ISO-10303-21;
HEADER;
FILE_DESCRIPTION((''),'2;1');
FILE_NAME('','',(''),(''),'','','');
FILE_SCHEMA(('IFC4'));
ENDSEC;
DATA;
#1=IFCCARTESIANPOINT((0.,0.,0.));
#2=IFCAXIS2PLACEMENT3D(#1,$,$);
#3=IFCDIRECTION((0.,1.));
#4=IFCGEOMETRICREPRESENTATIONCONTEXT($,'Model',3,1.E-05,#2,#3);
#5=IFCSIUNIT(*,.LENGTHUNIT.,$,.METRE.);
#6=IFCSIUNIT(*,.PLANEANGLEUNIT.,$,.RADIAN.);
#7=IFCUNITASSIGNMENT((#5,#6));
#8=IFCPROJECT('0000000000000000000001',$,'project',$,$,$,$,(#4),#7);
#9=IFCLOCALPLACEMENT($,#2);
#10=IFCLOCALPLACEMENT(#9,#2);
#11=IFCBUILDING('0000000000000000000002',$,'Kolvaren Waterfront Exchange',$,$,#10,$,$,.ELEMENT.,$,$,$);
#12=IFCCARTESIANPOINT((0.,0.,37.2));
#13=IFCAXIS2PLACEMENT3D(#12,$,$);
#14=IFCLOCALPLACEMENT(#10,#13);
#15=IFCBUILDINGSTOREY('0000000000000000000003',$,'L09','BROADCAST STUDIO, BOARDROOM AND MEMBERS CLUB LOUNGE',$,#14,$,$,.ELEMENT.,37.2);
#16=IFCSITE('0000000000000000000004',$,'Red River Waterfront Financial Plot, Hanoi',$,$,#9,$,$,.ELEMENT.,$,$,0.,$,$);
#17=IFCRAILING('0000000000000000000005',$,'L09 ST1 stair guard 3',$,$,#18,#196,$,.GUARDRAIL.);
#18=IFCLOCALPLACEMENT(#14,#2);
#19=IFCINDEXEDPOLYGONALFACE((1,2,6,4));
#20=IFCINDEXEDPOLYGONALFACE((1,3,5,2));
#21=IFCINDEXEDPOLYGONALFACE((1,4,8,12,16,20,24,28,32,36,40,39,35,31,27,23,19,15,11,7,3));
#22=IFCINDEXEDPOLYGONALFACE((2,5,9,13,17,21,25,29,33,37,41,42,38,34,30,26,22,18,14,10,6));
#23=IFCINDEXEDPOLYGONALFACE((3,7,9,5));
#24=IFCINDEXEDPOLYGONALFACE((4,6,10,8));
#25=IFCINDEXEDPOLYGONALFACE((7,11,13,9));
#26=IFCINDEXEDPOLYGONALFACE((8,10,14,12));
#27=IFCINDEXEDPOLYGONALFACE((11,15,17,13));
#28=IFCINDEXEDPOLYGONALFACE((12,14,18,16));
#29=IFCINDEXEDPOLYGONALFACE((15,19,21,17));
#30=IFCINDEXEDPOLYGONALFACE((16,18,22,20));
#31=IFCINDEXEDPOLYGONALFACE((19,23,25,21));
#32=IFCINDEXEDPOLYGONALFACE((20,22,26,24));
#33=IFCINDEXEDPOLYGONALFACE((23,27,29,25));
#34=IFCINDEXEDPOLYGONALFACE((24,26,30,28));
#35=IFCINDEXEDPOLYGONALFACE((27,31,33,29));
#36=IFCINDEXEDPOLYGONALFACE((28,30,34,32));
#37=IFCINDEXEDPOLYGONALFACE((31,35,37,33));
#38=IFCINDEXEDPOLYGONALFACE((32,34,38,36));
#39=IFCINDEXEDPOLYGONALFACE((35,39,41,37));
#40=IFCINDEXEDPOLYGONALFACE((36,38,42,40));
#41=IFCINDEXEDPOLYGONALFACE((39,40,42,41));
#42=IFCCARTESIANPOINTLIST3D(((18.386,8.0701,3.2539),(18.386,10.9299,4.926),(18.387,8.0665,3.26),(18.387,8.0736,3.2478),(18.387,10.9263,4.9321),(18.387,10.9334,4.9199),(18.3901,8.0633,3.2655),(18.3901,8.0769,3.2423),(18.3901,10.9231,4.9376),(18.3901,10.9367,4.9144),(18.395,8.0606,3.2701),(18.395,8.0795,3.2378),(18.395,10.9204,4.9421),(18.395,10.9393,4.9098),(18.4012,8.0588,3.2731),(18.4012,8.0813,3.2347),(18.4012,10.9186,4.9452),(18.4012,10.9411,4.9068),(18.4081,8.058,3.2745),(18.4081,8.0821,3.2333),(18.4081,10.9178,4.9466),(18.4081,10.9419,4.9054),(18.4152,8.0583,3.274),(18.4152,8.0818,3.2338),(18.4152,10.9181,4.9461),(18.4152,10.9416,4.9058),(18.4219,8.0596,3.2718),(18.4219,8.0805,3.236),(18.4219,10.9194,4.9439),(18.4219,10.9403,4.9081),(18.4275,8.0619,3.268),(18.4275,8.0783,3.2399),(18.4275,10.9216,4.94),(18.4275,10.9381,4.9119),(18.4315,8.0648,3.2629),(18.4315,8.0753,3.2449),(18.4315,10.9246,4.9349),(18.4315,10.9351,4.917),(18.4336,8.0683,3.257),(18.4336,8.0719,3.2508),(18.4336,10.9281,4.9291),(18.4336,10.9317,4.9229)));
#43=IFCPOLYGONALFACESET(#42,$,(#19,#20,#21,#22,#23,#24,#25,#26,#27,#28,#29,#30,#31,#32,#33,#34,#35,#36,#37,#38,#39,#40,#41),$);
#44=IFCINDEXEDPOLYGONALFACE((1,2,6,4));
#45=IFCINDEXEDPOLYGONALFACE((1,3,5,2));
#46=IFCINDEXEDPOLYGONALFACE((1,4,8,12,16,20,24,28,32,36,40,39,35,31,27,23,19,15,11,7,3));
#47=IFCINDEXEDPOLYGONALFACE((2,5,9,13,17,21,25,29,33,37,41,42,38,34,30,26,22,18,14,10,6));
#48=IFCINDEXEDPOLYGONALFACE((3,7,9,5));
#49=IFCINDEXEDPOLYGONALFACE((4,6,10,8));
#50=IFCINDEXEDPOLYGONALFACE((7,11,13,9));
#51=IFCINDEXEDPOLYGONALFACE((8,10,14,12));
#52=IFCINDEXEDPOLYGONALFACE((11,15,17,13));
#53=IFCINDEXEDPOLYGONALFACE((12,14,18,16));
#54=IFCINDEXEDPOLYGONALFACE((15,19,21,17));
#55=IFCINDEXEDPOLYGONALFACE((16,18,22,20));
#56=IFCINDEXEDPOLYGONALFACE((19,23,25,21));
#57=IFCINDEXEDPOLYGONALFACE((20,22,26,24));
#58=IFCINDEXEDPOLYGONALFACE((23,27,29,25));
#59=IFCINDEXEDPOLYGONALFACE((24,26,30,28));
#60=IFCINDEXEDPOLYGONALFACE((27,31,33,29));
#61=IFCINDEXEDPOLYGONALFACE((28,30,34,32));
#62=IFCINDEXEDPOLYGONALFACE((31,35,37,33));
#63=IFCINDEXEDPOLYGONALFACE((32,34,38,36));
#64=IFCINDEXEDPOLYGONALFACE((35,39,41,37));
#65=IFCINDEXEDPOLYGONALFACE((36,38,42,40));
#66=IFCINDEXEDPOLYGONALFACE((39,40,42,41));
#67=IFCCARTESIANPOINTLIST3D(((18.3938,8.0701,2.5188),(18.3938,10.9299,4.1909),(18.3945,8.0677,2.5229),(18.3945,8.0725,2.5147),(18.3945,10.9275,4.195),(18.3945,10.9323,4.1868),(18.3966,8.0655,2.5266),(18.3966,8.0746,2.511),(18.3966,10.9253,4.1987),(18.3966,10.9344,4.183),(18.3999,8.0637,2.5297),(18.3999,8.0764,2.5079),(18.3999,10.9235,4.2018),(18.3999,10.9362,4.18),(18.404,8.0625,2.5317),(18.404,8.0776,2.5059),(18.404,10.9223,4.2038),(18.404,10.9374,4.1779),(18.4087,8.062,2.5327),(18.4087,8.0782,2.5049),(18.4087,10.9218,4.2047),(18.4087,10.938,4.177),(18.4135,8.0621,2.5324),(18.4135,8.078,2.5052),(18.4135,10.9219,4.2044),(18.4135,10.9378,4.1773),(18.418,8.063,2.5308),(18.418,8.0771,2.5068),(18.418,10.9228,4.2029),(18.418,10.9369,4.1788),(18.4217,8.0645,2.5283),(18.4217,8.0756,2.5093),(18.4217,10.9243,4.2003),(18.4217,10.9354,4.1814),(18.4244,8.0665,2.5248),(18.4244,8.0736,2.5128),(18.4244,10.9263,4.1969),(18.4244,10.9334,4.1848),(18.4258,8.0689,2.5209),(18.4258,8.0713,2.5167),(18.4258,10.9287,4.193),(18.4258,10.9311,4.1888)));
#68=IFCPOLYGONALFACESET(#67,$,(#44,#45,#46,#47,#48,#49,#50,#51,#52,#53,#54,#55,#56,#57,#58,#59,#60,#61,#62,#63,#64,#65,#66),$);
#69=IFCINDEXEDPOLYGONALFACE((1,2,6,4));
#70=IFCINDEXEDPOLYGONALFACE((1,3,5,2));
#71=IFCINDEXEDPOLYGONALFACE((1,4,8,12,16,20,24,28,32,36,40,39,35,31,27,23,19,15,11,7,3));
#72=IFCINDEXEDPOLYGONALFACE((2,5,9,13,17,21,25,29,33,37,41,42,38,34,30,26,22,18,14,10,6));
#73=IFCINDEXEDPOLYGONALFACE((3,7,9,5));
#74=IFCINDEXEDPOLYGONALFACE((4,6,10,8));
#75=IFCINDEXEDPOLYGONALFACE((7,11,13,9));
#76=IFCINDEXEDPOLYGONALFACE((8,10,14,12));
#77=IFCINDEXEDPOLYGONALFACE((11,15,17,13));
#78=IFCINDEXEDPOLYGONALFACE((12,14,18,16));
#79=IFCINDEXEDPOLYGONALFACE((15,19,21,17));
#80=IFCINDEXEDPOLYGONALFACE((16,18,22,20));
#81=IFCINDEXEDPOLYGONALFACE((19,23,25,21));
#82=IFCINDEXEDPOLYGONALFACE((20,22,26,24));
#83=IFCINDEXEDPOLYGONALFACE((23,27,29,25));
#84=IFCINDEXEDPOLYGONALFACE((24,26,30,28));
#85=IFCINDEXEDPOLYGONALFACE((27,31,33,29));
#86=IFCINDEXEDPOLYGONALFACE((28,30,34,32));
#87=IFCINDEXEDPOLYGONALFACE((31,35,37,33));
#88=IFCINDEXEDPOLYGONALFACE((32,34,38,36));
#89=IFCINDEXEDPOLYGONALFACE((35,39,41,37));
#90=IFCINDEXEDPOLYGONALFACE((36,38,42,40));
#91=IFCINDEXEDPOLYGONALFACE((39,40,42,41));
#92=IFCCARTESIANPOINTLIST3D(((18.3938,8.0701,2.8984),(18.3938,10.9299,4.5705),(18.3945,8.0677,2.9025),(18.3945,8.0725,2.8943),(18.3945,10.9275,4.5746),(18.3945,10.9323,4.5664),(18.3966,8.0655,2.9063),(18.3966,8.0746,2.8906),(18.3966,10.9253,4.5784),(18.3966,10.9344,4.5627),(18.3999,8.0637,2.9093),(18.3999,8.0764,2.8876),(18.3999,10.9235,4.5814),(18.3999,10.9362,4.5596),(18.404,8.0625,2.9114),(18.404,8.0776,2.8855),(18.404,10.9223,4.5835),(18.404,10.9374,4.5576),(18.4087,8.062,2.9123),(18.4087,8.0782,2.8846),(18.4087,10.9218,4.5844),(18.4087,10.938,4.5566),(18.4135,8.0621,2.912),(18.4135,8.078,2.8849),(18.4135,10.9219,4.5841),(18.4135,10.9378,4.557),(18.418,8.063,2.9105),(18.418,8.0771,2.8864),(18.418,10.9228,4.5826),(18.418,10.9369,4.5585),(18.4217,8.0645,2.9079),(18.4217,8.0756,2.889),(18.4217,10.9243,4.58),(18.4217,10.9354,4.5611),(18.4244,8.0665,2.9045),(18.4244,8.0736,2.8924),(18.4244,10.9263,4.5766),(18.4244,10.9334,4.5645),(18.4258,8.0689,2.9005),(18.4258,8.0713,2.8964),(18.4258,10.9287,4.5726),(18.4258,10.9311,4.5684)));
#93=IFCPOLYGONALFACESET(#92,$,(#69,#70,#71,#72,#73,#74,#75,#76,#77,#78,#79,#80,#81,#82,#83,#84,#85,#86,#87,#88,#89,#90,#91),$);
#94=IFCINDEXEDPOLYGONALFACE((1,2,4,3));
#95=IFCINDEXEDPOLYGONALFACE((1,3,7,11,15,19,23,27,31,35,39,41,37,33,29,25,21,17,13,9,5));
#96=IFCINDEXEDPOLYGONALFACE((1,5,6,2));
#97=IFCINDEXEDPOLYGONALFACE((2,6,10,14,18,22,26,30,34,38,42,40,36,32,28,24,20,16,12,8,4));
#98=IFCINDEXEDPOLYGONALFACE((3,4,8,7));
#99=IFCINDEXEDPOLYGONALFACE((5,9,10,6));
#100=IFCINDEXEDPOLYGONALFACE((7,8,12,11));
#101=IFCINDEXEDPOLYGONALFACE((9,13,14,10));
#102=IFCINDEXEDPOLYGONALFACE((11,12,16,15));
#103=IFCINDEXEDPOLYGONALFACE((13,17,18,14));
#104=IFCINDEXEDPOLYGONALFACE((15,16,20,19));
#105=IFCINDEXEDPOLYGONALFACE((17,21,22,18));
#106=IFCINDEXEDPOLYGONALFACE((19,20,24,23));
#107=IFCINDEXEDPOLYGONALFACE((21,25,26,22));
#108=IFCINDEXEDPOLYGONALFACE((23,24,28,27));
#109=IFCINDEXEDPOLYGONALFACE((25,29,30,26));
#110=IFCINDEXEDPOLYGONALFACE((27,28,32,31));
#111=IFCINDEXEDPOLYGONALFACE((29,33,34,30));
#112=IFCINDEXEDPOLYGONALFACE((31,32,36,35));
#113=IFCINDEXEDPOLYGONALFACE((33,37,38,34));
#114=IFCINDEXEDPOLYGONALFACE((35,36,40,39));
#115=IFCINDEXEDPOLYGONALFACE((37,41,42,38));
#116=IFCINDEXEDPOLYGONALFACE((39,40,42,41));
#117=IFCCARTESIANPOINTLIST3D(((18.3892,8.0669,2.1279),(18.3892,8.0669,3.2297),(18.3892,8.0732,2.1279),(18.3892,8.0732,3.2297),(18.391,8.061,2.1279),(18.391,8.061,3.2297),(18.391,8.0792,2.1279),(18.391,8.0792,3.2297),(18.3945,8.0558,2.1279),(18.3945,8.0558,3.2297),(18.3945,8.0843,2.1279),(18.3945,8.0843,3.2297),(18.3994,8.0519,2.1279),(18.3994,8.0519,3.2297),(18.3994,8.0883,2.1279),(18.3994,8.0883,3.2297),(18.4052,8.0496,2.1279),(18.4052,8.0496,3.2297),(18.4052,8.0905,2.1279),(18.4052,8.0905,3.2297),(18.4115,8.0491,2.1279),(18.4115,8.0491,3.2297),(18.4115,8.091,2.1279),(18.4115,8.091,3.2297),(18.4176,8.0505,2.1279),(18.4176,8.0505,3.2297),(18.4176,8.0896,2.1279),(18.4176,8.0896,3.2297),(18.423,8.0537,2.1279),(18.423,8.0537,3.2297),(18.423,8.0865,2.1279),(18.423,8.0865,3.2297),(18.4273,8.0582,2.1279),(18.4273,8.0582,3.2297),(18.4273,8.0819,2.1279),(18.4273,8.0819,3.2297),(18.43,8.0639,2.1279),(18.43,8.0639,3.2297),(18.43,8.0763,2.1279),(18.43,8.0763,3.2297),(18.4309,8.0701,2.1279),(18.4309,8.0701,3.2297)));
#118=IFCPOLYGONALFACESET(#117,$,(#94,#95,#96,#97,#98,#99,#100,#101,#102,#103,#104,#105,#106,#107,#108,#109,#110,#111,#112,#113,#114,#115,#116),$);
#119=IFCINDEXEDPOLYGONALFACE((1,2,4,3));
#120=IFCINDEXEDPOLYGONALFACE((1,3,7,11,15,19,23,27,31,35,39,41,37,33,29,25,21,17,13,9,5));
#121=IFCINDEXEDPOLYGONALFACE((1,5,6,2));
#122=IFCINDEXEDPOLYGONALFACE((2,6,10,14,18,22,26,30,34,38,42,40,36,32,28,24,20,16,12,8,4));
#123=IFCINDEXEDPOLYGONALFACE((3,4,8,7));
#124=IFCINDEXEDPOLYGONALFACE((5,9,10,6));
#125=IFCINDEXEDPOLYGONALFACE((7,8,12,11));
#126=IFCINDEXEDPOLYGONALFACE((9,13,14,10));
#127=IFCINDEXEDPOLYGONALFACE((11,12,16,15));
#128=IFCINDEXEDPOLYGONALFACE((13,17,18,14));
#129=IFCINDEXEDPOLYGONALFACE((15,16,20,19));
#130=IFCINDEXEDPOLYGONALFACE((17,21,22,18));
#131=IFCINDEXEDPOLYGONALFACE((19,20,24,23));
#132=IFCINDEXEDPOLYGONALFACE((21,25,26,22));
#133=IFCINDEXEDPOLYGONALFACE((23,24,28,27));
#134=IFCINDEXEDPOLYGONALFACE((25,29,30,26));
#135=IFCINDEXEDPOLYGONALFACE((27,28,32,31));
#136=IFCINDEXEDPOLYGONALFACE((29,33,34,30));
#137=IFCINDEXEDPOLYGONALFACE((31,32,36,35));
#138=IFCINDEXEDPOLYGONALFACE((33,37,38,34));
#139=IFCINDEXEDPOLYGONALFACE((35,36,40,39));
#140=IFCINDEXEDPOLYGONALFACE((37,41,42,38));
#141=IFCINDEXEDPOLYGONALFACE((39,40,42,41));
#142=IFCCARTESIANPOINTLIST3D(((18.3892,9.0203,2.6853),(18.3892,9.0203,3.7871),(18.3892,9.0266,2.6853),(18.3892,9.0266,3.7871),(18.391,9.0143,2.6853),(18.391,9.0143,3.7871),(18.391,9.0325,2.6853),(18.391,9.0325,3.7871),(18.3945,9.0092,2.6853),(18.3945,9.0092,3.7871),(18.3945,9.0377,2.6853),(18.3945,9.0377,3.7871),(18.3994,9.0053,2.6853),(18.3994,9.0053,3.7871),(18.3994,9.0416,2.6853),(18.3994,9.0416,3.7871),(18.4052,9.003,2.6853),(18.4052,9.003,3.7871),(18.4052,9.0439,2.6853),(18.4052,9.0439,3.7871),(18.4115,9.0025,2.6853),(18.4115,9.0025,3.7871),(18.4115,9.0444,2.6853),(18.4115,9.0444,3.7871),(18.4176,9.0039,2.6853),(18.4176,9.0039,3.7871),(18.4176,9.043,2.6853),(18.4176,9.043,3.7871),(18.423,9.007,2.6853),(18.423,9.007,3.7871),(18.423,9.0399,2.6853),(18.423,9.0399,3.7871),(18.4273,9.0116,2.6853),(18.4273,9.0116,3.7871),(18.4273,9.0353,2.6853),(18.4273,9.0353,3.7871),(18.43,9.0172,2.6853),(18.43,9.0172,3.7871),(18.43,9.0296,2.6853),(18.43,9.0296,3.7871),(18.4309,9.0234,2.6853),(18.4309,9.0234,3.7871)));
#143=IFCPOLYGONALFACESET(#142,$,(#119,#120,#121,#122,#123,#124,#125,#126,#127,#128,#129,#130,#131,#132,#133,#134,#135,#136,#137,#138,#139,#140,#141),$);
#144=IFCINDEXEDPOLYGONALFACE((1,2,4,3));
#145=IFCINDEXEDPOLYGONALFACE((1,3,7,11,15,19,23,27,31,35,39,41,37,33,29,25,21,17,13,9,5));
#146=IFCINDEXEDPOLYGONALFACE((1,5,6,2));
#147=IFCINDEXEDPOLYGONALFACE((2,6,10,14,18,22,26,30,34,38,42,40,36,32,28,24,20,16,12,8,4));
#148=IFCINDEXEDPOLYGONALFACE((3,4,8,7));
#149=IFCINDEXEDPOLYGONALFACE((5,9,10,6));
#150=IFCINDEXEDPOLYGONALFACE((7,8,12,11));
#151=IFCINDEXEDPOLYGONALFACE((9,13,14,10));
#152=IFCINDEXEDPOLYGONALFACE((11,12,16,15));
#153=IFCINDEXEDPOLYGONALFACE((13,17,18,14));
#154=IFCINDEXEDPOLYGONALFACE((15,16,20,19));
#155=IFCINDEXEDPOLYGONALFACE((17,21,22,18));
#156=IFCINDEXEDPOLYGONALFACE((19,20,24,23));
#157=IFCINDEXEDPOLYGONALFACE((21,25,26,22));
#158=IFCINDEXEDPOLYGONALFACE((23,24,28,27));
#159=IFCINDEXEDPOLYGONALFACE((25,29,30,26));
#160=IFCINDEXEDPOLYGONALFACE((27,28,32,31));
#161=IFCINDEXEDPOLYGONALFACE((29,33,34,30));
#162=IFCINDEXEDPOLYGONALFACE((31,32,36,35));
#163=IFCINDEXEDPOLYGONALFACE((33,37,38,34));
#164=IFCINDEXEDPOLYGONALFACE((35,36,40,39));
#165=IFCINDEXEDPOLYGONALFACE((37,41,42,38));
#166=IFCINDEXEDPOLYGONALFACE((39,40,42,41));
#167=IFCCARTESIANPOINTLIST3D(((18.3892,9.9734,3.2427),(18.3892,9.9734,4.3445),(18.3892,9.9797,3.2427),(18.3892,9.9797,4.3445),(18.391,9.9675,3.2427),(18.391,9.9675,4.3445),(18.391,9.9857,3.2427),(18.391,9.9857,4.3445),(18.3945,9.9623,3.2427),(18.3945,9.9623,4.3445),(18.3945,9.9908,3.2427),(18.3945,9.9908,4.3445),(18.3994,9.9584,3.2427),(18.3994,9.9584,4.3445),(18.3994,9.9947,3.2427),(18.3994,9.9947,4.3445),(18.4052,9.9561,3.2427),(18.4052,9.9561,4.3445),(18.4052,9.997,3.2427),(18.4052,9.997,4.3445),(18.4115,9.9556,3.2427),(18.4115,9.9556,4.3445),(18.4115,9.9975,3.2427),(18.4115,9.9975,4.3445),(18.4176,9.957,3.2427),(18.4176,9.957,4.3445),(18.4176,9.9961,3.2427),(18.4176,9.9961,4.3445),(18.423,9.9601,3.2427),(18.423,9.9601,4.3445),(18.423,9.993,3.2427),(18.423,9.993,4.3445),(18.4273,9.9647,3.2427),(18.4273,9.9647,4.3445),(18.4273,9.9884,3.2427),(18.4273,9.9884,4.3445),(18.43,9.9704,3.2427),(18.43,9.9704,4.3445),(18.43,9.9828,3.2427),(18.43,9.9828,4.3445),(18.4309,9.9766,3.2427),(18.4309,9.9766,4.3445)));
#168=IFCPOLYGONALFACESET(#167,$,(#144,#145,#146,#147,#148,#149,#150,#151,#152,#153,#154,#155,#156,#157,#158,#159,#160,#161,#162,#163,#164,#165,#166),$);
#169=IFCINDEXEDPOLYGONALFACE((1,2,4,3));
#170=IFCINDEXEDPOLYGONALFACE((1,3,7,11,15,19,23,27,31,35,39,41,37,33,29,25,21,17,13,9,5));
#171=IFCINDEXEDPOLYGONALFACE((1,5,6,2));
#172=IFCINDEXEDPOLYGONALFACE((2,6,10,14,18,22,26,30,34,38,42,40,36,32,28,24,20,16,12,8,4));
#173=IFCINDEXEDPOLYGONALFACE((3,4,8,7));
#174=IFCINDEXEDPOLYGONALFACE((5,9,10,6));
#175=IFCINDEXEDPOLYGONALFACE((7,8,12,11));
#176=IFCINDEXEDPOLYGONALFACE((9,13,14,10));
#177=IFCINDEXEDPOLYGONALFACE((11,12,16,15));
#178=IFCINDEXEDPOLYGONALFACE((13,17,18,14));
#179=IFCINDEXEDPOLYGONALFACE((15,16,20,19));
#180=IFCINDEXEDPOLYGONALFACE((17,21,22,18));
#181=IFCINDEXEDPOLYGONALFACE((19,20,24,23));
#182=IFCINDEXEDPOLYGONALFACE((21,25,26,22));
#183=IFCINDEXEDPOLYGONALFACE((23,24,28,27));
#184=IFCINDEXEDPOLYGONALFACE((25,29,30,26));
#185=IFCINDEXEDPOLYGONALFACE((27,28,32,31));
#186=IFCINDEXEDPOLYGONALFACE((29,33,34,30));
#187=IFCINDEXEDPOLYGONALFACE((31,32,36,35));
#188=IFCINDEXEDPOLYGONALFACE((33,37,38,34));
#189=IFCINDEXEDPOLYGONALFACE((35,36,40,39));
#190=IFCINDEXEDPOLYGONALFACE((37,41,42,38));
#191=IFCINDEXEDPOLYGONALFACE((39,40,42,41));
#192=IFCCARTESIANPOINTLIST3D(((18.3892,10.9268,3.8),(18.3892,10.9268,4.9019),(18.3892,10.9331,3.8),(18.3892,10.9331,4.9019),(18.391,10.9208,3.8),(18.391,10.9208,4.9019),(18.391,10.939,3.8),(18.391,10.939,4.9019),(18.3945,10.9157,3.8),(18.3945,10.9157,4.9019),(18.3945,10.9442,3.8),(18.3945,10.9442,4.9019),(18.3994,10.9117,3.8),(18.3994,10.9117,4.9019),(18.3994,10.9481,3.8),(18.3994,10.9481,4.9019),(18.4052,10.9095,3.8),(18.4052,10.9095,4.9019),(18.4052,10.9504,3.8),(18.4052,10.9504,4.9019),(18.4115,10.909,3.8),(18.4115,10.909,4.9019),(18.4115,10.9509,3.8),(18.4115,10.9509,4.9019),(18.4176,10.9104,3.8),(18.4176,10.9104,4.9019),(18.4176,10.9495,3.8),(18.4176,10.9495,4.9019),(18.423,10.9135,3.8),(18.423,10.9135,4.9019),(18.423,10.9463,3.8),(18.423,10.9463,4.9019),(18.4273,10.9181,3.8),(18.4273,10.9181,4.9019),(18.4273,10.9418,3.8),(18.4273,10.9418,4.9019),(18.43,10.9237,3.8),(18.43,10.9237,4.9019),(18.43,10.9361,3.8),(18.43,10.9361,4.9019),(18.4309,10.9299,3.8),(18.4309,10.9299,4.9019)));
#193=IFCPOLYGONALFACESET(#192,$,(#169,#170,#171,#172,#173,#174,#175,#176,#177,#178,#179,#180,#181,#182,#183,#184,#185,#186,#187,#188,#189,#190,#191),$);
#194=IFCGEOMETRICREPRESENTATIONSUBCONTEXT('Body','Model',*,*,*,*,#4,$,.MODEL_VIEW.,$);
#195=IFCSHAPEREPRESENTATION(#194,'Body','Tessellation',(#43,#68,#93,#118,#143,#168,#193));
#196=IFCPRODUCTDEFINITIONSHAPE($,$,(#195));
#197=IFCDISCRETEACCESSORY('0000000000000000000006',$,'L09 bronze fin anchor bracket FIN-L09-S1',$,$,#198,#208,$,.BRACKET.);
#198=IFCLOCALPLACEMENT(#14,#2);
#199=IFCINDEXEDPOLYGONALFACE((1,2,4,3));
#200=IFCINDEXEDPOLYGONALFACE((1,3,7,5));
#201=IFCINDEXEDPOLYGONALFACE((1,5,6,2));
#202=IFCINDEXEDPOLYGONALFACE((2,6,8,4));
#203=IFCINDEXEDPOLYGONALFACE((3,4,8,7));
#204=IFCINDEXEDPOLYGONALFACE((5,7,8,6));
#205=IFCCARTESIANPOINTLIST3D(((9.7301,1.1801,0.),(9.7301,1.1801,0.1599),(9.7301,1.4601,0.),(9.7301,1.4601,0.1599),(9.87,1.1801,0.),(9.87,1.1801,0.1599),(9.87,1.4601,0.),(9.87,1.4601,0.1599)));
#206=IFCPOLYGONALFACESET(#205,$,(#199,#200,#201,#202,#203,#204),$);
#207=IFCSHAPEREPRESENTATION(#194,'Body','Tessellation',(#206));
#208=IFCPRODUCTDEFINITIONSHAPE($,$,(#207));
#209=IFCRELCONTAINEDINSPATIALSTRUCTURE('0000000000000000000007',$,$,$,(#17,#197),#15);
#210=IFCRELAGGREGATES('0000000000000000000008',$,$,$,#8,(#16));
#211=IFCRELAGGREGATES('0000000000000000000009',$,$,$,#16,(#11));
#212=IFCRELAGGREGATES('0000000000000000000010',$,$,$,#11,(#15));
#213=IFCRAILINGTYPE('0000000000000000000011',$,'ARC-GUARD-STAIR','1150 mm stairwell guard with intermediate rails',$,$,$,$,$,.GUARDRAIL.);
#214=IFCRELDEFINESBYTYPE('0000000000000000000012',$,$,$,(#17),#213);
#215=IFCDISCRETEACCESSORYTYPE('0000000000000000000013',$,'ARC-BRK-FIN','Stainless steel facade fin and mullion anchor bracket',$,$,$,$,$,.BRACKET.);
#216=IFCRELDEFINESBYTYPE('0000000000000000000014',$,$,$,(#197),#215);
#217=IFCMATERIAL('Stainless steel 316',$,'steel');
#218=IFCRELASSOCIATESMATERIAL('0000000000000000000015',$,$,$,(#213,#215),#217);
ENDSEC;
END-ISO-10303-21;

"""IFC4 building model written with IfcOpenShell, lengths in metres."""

from ifc_helpers import new_model, si_unit, direction, frame, origin, origin_with_axes, origin_2d, place, context, subcontext, project, spatial, rectangle, circle, extrude, source, transform, mapped, material, type_object, element, save


model = new_model("IFC4")

# Units and contexts
model_context = context("Model", 3, precision=1e-05, world=origin(), true_north=direction((0.0, 1.0)))
body_context = subcontext(model_context, "Body", "Model", "MODEL_VIEW")
ifc_project = project(units=[si_unit("LENGTHUNIT", "METRE"), si_unit("PLANEANGLEUNIT", "RADIAN")], contexts=[model_context])

# Site, building, storey
site_placement = place(None, origin())
site = spatial("IfcSite", under=ifc_project, at=site_placement, Name="Red River Waterfront Financial Plot, Hanoi", CompositionType="ELEMENT", RefElevation=0.0)
building_placement = place(site_placement, origin())
building = spatial("IfcBuilding", under=site, at=building_placement, Name="Kolvaren Waterfront Exchange", CompositionType="ELEMENT")
storey_placement = place(building_placement, frame((0.0, 0.0, 37.2)))
storey = spatial("IfcBuildingStorey", under=building, at=storey_placement, Name="L09", Description="BROADCAST STUDIO, BOARDROOM AND MEMBERS CLUB LOUNGE", CompositionType="ELEMENT", Elevation=37.2)

# Railing
ifc_material_1 = material(Name="Stainless steel 316", Category="steel")
railing_type = type_object("IfcRailingType", Name="ARC-GUARD-STAIR", Description="1150 mm stairwell guard with intermediate rails", PredefinedType="GUARDRAIL", material=ifc_material_1)
railing_1_placement = place(storey_placement, frame((18.4099, 8.0701, 2.1279)))
element("IfcRailing", 1, at=railing_1_placement, inside=storey, type_object=railing_type, Name="L09 ST1 stair guard 3", PredefinedType="GUARDRAIL", context=body_context, shape_type="SweptSolid", body=[
    extrude(circle(Radius=0.0239, at=origin_2d()), frame((0.0, 0.0, 1.126), z_axis=(0.0, 0.863271, 0.504741), x_axis=(-1.0, 0.0, 0.0)), (0.0, 0.0, 1.0), 3.3127),
    extrude(circle(Radius=0.0161, at=origin_2d()), frame((0.0, 0.0, 0.3909), z_axis=(0.0, 0.863271, 0.504741), x_axis=(-1.0, 0.0, 0.0)), (0.0, 0.0, 1.0), 3.3127),
    extrude(circle(Radius=0.0161, at=origin_2d()), frame((0.0, 0.0, 0.7705), z_axis=(0.0, 0.863271, 0.504741), x_axis=(-1.0, 0.0, 0.0)), (0.0, 0.0, 1.0), 3.3127),
    extrude(circle(Radius=0.021, at=origin_2d()), origin(), (0.0, 0.0, 1.0), 1.1018),
    extrude(circle(Radius=0.021, at=origin_2d()), frame((0.0, 0.9534, 0.5574)), (0.0, 0.0, 1.0), 1.1018),
    extrude(circle(Radius=0.021, at=origin_2d()), frame((0.0, 1.9065, 1.1147)), (0.0, 0.0, 1.0), 1.1018),
    extrude(circle(Radius=0.021, at=origin_2d()), frame((0.0, 2.8599, 1.6721)), (0.0, 0.0, 1.0), 1.1018),
])

# Discrete accessory
discrete_accessory_type = type_object("IfcDiscreteAccessoryType", Name="ARC-BRK-FIN", Description="Stainless steel facade fin and mullion anchor bracket", PredefinedType="BRACKET", material=ifc_material_1)
shared_shape_1 = source(origin_with_axes(), body_context, "Body", "SweptSolid", [
    extrude(rectangle(XDim=0.28, YDim=0.1399, at=origin_2d()), origin(), (0.0, 0.0, 1.0), 0.1599),
])
for number, where, z_axis, x_axis, name in (
    (2, (9.8, 1.3201, 0.0), (0.0, 0.0, 1.0), (0.0, -1.0, 0.0), "L09 bronze fin anchor bracket FIN-L09-S1"),
):
    element("IfcDiscreteAccessory", number, at=place(storey_placement, frame(where, z_axis=z_axis, x_axis=x_axis)), inside=storey, type_object=discrete_accessory_type, Name=name, PredefinedType="BRACKET", context=body_context, shape_type="MappedRepresentation", body=[
        mapped(shared_shape_1, transform((0.0, 0.0, 0.0), x_axis=(1.0, 0.0, 0.0), y_axis=(0.0, 1.0, 0.0), z_axis=(0.0, 0.0, 1.0), scale=1.0)),
    ])

save(model, "model.ifc")
